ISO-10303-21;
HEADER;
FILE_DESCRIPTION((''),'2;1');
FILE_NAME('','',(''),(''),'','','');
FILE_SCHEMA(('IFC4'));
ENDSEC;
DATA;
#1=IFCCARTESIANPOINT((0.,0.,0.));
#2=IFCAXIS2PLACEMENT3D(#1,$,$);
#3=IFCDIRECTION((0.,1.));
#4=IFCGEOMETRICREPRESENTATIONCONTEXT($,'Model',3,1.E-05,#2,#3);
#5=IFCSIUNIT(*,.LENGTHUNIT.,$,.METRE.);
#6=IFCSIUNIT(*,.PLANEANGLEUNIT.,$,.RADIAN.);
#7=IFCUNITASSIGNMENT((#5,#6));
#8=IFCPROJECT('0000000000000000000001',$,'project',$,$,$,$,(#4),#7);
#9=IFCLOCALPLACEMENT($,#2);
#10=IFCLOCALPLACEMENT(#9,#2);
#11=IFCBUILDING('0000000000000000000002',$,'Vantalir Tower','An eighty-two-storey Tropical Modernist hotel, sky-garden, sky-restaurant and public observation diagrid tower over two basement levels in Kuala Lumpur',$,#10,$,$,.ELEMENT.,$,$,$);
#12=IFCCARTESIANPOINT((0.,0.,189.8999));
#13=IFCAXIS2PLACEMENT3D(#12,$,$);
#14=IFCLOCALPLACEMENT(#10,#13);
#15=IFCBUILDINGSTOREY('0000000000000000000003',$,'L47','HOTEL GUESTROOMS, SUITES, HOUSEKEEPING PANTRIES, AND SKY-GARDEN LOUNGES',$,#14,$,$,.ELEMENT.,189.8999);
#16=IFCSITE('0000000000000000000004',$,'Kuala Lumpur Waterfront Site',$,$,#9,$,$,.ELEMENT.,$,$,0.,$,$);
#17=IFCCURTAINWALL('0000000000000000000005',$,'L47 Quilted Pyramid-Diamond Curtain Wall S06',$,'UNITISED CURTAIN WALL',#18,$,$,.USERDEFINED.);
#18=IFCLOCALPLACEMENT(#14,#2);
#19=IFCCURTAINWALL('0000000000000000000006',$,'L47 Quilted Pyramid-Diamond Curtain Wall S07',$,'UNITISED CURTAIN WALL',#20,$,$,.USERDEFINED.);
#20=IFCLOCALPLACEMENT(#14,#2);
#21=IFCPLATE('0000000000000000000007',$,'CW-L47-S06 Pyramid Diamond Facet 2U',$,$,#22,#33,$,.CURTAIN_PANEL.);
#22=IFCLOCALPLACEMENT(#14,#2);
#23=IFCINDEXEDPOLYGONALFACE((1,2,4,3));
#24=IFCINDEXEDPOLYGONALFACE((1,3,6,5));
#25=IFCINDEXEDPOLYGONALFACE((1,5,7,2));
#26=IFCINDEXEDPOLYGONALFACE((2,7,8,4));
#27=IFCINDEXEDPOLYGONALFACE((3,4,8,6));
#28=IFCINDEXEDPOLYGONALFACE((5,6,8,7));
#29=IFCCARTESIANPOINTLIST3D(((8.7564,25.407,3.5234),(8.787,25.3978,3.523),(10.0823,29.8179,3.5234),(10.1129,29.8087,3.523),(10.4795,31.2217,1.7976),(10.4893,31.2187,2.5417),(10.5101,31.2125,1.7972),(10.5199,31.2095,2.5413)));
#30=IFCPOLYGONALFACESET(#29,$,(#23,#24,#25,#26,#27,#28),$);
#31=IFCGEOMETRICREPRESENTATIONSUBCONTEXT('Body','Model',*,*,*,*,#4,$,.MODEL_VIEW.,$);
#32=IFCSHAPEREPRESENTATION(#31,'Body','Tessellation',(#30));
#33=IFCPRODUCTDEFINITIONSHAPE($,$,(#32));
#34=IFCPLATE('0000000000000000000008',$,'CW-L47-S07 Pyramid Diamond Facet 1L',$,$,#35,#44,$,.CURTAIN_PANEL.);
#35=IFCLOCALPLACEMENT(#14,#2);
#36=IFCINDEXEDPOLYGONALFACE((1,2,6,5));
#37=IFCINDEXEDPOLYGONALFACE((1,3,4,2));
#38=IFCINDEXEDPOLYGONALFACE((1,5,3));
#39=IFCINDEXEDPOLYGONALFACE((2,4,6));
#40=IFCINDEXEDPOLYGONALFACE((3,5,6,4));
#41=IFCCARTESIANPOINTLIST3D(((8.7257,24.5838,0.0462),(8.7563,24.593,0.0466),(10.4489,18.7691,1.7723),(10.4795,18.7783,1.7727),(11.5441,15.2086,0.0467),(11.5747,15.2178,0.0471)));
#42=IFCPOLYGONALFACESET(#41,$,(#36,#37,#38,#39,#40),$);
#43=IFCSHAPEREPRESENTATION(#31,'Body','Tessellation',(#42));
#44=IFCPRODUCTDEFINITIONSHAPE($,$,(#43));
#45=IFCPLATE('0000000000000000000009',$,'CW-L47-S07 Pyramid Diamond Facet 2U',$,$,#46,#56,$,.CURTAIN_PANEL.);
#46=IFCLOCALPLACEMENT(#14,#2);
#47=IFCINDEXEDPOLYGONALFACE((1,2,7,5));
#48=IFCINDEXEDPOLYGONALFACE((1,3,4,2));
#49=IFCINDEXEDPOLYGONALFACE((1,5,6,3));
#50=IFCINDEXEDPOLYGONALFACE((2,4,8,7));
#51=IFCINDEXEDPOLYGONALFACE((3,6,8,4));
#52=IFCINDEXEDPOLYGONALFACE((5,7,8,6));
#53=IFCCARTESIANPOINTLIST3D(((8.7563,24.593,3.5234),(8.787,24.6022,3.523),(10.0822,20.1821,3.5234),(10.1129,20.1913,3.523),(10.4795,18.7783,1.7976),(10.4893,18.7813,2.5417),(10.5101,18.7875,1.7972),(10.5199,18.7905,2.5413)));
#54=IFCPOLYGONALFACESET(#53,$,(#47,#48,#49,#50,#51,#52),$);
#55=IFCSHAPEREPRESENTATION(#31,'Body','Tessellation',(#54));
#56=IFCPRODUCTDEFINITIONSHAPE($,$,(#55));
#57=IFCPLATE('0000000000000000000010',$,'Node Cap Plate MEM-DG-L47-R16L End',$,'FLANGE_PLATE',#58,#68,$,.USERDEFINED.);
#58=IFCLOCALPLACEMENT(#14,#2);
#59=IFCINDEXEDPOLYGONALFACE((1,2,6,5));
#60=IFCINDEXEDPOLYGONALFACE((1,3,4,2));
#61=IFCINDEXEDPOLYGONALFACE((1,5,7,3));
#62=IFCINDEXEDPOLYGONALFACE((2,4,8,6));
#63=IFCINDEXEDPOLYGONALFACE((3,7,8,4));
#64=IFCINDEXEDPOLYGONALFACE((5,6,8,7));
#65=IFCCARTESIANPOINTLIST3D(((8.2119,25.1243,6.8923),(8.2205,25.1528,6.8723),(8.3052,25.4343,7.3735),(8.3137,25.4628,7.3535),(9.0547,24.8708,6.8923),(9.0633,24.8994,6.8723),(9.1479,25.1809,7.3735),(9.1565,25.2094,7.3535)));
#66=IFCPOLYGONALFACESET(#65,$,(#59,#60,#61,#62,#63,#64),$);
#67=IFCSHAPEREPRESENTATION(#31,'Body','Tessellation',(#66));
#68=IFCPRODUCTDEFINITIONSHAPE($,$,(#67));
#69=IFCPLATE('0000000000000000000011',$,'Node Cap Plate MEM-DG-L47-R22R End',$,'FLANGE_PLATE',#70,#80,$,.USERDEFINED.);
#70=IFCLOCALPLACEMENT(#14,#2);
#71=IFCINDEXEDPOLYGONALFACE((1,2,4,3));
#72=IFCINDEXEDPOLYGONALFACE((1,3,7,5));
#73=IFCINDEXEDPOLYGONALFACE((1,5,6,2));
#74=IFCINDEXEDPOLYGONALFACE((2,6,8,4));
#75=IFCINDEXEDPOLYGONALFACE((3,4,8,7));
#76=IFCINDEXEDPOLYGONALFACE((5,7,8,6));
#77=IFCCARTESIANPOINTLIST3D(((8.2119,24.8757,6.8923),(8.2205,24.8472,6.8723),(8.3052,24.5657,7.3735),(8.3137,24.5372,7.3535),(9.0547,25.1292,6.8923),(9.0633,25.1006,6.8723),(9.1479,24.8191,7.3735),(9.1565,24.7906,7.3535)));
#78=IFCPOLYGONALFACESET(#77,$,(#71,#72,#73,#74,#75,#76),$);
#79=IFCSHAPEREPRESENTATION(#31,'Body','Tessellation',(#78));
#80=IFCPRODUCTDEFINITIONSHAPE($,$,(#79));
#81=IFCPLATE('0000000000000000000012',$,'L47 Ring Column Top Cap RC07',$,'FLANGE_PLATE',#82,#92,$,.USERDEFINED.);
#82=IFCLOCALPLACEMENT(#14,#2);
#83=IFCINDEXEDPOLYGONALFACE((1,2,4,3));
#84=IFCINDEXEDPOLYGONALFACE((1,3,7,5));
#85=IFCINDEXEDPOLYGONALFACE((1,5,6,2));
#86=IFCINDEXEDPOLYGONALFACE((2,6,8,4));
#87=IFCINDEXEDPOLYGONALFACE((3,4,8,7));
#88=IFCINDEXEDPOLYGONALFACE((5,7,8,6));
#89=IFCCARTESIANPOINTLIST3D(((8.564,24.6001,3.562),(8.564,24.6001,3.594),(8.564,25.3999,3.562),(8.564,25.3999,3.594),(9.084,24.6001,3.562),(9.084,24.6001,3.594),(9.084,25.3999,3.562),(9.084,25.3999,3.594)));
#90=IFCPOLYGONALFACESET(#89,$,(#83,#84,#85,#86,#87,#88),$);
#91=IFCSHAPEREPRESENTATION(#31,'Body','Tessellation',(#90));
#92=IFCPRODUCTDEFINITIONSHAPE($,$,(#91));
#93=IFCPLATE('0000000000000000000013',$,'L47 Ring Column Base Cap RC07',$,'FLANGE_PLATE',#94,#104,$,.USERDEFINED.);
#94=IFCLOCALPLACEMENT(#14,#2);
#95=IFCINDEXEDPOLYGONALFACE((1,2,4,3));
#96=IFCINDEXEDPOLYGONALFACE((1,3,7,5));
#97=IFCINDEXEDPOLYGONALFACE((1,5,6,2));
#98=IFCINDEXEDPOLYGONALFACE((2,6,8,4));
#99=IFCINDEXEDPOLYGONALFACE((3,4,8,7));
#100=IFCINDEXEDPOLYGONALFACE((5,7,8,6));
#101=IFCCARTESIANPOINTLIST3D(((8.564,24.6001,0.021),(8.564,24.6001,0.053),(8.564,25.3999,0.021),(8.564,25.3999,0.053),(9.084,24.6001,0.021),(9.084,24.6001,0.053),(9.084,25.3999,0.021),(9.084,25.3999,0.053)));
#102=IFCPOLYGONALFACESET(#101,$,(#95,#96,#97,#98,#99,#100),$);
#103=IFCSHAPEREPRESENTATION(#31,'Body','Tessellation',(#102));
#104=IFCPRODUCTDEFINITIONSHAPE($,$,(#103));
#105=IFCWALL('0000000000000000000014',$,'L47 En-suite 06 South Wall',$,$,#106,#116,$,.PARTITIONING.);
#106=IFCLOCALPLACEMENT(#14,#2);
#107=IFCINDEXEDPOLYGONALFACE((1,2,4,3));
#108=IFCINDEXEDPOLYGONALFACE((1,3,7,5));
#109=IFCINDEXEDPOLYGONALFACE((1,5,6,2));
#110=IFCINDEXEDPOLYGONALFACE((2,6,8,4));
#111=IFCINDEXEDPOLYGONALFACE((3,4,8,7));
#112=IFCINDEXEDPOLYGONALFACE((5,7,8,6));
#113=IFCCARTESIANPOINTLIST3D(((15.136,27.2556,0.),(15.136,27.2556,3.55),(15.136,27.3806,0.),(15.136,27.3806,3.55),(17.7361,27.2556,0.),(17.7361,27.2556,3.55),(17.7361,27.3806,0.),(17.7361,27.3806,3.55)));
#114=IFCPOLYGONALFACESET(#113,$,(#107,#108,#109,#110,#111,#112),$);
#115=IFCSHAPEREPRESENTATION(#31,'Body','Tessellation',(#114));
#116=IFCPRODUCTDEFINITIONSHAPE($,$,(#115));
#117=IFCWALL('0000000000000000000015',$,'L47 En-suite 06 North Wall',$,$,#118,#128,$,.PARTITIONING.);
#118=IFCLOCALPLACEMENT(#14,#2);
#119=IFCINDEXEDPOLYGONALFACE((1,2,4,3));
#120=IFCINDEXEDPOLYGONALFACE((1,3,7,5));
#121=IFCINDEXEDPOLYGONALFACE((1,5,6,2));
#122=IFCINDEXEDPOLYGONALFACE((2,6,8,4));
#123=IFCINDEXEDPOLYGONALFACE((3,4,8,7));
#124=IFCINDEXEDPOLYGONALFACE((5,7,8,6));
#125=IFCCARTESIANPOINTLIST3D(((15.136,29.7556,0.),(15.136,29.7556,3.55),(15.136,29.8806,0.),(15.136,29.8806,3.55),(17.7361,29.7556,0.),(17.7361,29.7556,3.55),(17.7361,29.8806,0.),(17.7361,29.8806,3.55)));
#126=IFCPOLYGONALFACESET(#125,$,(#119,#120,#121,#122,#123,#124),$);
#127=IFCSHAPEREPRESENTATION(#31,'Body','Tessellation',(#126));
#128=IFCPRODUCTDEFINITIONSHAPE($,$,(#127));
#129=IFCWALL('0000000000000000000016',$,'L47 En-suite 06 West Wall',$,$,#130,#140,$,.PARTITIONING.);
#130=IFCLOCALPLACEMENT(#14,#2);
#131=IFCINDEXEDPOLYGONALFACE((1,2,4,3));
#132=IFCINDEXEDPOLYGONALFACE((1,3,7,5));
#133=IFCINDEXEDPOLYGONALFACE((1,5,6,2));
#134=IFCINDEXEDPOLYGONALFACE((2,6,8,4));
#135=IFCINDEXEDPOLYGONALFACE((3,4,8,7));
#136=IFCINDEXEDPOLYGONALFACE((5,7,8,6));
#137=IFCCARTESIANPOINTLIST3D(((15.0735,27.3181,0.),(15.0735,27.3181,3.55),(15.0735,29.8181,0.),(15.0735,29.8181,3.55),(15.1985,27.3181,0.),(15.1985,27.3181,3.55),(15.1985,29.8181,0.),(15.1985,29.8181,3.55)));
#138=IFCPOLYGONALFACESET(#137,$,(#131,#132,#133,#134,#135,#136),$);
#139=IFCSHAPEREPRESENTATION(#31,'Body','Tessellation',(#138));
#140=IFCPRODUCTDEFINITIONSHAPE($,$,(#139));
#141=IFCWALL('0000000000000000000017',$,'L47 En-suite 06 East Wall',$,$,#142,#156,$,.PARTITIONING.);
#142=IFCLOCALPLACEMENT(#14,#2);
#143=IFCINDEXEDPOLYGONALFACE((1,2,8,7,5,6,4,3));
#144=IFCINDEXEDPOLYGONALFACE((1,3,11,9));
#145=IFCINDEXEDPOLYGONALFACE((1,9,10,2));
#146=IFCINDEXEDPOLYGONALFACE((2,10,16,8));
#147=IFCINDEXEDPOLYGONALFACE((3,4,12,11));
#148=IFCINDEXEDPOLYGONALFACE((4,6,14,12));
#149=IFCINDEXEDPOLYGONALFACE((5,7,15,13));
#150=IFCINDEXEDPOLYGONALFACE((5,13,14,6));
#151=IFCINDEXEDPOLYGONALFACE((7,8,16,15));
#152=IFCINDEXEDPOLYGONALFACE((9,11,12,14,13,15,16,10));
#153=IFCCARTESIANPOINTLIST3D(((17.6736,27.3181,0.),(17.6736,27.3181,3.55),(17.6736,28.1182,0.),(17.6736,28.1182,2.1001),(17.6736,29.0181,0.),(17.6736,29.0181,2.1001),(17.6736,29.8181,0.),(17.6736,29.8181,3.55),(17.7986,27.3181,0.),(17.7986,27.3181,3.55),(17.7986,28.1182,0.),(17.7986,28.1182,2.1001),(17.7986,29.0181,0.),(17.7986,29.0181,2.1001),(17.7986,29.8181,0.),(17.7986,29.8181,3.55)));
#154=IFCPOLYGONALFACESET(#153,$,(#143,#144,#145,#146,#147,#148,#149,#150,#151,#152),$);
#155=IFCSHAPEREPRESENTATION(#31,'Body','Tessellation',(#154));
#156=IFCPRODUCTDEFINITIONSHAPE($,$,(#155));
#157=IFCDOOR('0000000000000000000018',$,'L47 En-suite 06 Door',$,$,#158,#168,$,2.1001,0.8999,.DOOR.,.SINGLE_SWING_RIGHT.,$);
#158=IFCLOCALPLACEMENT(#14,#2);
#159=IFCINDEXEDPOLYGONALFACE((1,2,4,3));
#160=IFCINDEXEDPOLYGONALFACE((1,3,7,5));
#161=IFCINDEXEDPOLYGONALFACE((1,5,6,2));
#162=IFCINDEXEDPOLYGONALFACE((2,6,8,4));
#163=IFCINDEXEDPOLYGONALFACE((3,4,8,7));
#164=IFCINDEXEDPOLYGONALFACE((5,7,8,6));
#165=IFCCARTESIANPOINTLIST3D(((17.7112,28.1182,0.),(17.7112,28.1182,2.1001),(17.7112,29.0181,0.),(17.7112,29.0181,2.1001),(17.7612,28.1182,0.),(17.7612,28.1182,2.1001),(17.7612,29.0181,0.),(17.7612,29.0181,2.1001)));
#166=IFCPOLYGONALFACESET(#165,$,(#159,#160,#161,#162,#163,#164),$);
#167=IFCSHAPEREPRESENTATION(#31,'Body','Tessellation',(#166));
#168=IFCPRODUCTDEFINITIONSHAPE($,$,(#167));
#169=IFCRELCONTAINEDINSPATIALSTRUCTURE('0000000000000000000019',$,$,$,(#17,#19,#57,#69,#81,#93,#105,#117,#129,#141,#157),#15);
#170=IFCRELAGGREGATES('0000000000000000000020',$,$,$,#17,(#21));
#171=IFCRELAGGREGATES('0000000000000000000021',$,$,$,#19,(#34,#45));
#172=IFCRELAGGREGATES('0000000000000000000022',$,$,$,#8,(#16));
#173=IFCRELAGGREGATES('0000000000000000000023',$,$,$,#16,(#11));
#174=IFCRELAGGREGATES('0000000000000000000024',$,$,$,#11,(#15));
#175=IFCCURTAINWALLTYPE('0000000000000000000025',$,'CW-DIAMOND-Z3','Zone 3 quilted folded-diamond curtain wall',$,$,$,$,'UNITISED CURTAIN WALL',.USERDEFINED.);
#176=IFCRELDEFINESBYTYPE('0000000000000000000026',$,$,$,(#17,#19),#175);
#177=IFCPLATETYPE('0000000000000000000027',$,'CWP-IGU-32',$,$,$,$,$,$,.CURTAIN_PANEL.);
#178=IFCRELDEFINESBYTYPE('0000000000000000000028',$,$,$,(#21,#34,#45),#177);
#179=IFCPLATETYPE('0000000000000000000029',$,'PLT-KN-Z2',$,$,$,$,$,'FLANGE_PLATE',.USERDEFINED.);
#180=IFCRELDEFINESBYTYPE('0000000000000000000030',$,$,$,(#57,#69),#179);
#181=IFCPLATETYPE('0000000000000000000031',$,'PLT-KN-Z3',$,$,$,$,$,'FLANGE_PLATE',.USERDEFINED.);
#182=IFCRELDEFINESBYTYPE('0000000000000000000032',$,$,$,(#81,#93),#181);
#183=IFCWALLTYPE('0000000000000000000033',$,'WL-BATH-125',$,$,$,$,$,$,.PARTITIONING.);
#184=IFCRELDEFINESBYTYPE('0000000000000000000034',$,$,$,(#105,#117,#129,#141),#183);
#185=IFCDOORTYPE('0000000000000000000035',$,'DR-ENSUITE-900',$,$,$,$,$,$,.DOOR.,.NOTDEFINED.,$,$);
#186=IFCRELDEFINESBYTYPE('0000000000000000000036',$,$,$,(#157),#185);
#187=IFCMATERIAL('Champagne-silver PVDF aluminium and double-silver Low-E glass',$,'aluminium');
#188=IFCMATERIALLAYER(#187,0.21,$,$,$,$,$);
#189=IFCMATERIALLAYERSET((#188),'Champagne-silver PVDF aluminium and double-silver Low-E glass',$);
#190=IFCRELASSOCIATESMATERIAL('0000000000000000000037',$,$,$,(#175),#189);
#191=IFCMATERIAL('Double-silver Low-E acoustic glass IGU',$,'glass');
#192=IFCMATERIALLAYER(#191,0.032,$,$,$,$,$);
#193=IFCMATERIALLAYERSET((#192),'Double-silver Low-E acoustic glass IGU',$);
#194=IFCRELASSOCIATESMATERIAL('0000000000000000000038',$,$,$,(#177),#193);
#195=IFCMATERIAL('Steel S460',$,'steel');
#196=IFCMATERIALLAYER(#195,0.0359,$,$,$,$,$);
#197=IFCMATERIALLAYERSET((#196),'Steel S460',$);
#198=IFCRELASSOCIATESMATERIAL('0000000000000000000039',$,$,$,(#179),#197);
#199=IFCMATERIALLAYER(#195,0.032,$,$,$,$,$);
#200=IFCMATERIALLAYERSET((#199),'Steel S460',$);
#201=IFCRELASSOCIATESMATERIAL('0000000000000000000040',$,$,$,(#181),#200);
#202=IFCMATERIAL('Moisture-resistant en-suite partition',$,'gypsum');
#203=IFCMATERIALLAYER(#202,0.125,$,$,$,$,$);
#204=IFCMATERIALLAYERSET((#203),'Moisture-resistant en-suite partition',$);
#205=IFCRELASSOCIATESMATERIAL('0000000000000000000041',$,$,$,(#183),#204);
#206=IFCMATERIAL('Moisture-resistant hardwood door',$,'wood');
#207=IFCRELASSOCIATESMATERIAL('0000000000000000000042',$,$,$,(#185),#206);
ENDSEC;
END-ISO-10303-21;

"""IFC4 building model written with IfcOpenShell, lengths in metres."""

from ifc_helpers import new_model, si_unit, direction, frame, frame_2d, origin, place, context, subcontext, project, spatial, polyline, rectangle, outline, extrude, material, layer, layer_set, type_object, element, fill, aggregate, save


model = new_model("IFC4")

# Units and contexts
model_context = context("Model", 3, precision=1e-05, world=origin(), true_north=direction((0.0, 1.0)))
body_context = subcontext(model_context, "Body", "Model", "MODEL_VIEW")
ifc_project = project(units=[si_unit("LENGTHUNIT", "METRE"), si_unit("PLANEANGLEUNIT", "RADIAN")], contexts=[model_context])

# Site, building, storey
site_placement = place(None, origin())
site = spatial("IfcSite", under=ifc_project, at=site_placement, Name="Kuala Lumpur Waterfront Site", CompositionType="ELEMENT", RefElevation=0.0)
building_placement = place(site_placement, origin())
building = spatial("IfcBuilding", under=site, at=building_placement, Name="Vantalir Tower", Description="An eighty-two-storey Tropical Modernist hotel, sky-garden, sky-restaurant and public observation diagrid tower over two basement levels in Kuala Lumpur", CompositionType="ELEMENT")
storey_placement = place(building_placement, frame((0.0, 0.0, 189.8999)))
storey = spatial("IfcBuildingStorey", under=building, at=storey_placement, Name="L47", Description="HOTEL GUESTROOMS, SUITES, HOUSEKEEPING PANTRIES, AND SKY-GARDEN LOUNGES", CompositionType="ELEMENT", Elevation=189.8999)

# Shared definitions
ifc_material_1 = material(Name="Steel S460", Category="steel")

# Curtain wall
ifc_material_2 = material(Name="Champagne-silver PVDF aluminium and double-silver Low-E glass", Category="aluminium")
ifc_layer_1 = layer(ifc_material_2, 0.21)
ifc_layer_set_1 = layer_set([ifc_layer_1], Name="Champagne-silver PVDF aluminium and double-silver Low-E glass")
curtain_wall_type = type_object("IfcCurtainWallType", Name="CW-DIAMOND-Z3", Description="Zone 3 quilted folded-diamond curtain wall", ElementType="UNITISED CURTAIN WALL", PredefinedType="USERDEFINED", material=ifc_layer_set_1)
curtain_wall_1_placement = place(storey_placement, origin())
curtain_wall_1 = element("IfcCurtainWall", 1, at=curtain_wall_1_placement, inside=storey, type_object=curtain_wall_type, Name="L47 Quilted Pyramid-Diamond Curtain Wall S06", ObjectType="UNITISED CURTAIN WALL", PredefinedType="USERDEFINED")

# Curtain wall
curtain_wall_2_placement = place(storey_placement, origin())
curtain_wall_2 = element("IfcCurtainWall", 2, at=curtain_wall_2_placement, inside=storey, type_object=curtain_wall_type, Name="L47 Quilted Pyramid-Diamond Curtain Wall S07", ObjectType="UNITISED CURTAIN WALL", PredefinedType="USERDEFINED")

# Plates
ifc_material_3 = material(Name="Double-silver Low-E acoustic glass IGU", Category="glass")
ifc_layer_2 = layer(ifc_material_3, 0.032)
ifc_layer_set_2 = layer_set([ifc_layer_2], Name="Double-silver Low-E acoustic glass IGU")
plate_type_1 = type_object("IfcPlateType", Name="CWP-IGU-32", PredefinedType="CURTAIN_PANEL", material=ifc_layer_set_2)
plate_1_placement = place(storey_placement, frame((10.0823, 29.8179, 3.5234), z_axis=(-0.957579, 0.287845, 0.01374), x_axis=(-0.287872, -0.957669, 0.0)))
plate_1 = element("IfcPlate", 3, at=plate_1_placement, type_object=plate_type_1, Name="CW-L47-S06 Pyramid Diamond Facet 2U", PredefinedType="CURTAIN_PANEL", context=body_context, shape_type="SweptSolid", body=[
    extrude(outline(polyline([(0.0, 0.0), (4.6059, 0.0), (-1.4587, -1.726), (-1.4587, -0.9818), (0.0, 0.0)])), origin(), (0.0, 0.0, -1.0), 0.032),
])
aggregate(curtain_wall_1, [plate_1])
plate_2_placement = place(storey_placement, frame((8.7563, 24.593, 0.0466), z_axis=(0.957572, 0.287863, 0.01379), x_axis=(0.28789, -0.957663, 0.00005)))
plate_2 = element("IfcPlate", 4, at=plate_2_placement, type_object=plate_type_1, Name="CW-L47-S07 Pyramid Diamond Facet 1L", PredefinedType="CURTAIN_PANEL", context=body_context, shape_type="SweptSolid", body=[
    extrude(outline(polyline([(0.0, 0.0), (9.7897, 0.0), (6.0647, -1.7259), (0.0, 0.0)])), origin(), (0.0, 0.0, -1.0), 0.032),
])
plate_3_placement = place(storey_placement, frame((8.7563, 24.593, 3.5234), z_axis=(-0.957579, -0.287845, 0.01374), x_axis=(0.287872, -0.957669, 0.0)))
plate_3 = element("IfcPlate", 5, at=plate_3_placement, type_object=plate_type_1, Name="CW-L47-S07 Pyramid Diamond Facet 2U", PredefinedType="CURTAIN_PANEL", context=body_context, shape_type="SweptSolid", body=[
    extrude(outline(polyline([(0.0, 0.0), (4.6059, 0.0), (6.0646, -0.9818), (6.0646, -1.726), (0.0, 0.0)])), origin(), (0.0, 0.0, -1.0), 0.032),
])
aggregate(curtain_wall_2, [plate_2, plate_3])

# Plates
ifc_layer_3 = layer(ifc_material_1, 0.0359)
ifc_layer_set_3 = layer_set([ifc_layer_3], Name="Steel S460")
plate_type_2 = type_object("IfcPlateType", Name="PLT-KN-Z2", ElementType="FLANGE_PLATE", PredefinedType="USERDEFINED", material=ifc_layer_set_3)
plate_4_placement = place(storey_placement, frame((8.2119, 25.1243, 6.8923), z_axis=(-0.238911, -0.794529, 0.558252), x_axis=(0.957643, -0.287959, 0.0)))
element("IfcPlate", 6, at=plate_4_placement, inside=storey, type_object=plate_type_2, Name="Node Cap Plate MEM-DG-L47-R16L End", ObjectType="FLANGE_PLATE", PredefinedType="USERDEFINED", context=body_context, shape_type="SweptSolid", body=[
    extrude(outline(polyline([(0.0, 0.0), (0.88, 0.0), (0.8801, 0.58), (0.0, 0.58), (0.0, 0.0)])), origin(), (0.0, 0.0, -1.0), 0.0359),
])
plate_5_placement = place(storey_placement, frame((9.0547, 25.1292, 6.8923), z_axis=(-0.238911, 0.794529, 0.558252), x_axis=(-0.957643, -0.287959, 0.0)))
element("IfcPlate", 7, at=plate_5_placement, inside=storey, type_object=plate_type_2, Name="Node Cap Plate MEM-DG-L47-R22R End", ObjectType="FLANGE_PLATE", PredefinedType="USERDEFINED", context=body_context, shape_type="SweptSolid", body=[
    extrude(outline(polyline([(0.0, 0.0), (0.88, 0.0), (0.88, 0.58), (0.0, 0.58), (0.0, 0.0)])), origin(), (0.0, 0.0, -1.0), 0.0359),
])
ifc_layer_4 = layer(ifc_material_1, 0.032)
ifc_layer_set_4 = layer_set([ifc_layer_4], Name="Steel S460")
plate_type_3 = type_object("IfcPlateType", Name="PLT-KN-Z3", ElementType="FLANGE_PLATE", PredefinedType="USERDEFINED", material=ifc_layer_set_4)
for number, where, z_axis, x_axis, name in (
    (8, (8.564, 25.3999, 3.594), (0.0, 0.0, 1.0), (0.0, -1.0, 0.0), "L47 Ring Column Top Cap RC07"),
    (9, (8.564, 25.3999, 0.053), (0.0, 0.0, 1.0), (0.0, -1.0, 0.0), "L47 Ring Column Base Cap RC07"),
):
    element("IfcPlate", number, at=place(storey_placement, frame(where, z_axis=z_axis, x_axis=x_axis)), inside=storey, type_object=plate_type_3, Name=name, ObjectType="FLANGE_PLATE", PredefinedType="USERDEFINED", context=body_context, shape_type="SweptSolid", body=[
        extrude(outline(polyline([(0.0, 0.0), (0.7998, 0.0), (0.7998, 0.52), (0.0, 0.52), (0.0, 0.0)])), origin(), (0.0, 0.0, -1.0), 0.032),
    ])

# Walls
ifc_material_4 = material(Name="Moisture-resistant en-suite partition", Category="gypsum")
ifc_layer_5 = layer(ifc_material_4, 0.125)
ifc_layer_set_5 = layer_set([ifc_layer_5], Name="Moisture-resistant en-suite partition")
wall_type_1 = type_object("IfcWallType", Name="WL-BATH-125", PredefinedType="PARTITIONING", material=ifc_layer_set_5)
for number, where, z_axis, x_axis, name in (
    (10, (15.136, 27.3181, 0.0), (0.0, 0.0, 1.0), (1.0, 0.0, 0.0), "L47 En-suite 06 South Wall"),
    (11, (15.136, 29.8181, 0.0), (0.0, 0.0, 1.0), (1.0, 0.0, 0.0), "L47 En-suite 06 North Wall"),
):
    element("IfcWall", number, at=place(storey_placement, frame(where, z_axis=z_axis, x_axis=x_axis)), inside=storey, type_object=wall_type_1, Name=name, PredefinedType="PARTITIONING", context=body_context, shape_type="SweptSolid", body=[
        extrude(rectangle(XDim=2.6001, YDim=0.125, at=frame_2d((1.3, 0.0))), origin(), (0.0, 0.0, 1.0), 3.55),
    ])
wall_1_placement = place(storey_placement, frame((15.136, 27.3181, 0.0), z_axis=(0.0, 0.0, 1.0), x_axis=(0.0, 1.0, 0.0)))
element("IfcWall", 12, at=wall_1_placement, inside=storey, type_object=wall_type_1, Name="L47 En-suite 06 West Wall", PredefinedType="PARTITIONING", context=body_context, shape_type="SweptSolid", body=[
    extrude(rectangle(XDim=2.5, YDim=0.125, at=frame_2d((1.25, 0.0))), origin(), (0.0, 0.0, 1.0), 3.55),
])

# Wall, opening, door
wall_2_placement = place(storey_placement, frame((17.7361, 27.3181, 0.0), z_axis=(0.0, 0.0, 1.0), x_axis=(0.0, 1.0, 0.0)))
wall_2 = element("IfcWall", 13, at=wall_2_placement, inside=storey, type_object=wall_type_1, Name="L47 En-suite 06 East Wall", PredefinedType="PARTITIONING", context=body_context, shape_type="SweptSolid", body=[
    extrude(rectangle(XDim=2.5, YDim=0.125, at=frame_2d((1.25, 0.0))), origin(), (0.0, 0.0, 1.0), 3.55),
])
opening_1_placement = place(wall_2_placement, frame((0.8, 0.0, 0.0)))
opening_1 = element("IfcOpeningElement", 14, at=opening_1_placement, cuts=wall_2, PredefinedType="OPENING", context=body_context, shape_type="SweptSolid", body=[
    extrude(rectangle(XDim=0.8999, YDim=2.1001, at=frame_2d((0.45, 1.05))), frame((0.0, 0.0725, 0.0), z_axis=(0.0, -1.0, 0.0), x_axis=(1.0, 0.0, 0.0)), (0.0, 0.0, 1.0), 0.145),
])
ifc_material_5 = material(Name="Moisture-resistant hardwood door", Category="wood")
door_type_1 = type_object("IfcDoorType", Name="DR-ENSUITE-900", OperationType="NOTDEFINED", PredefinedType="DOOR", material=ifc_material_5)
door_1_placement = place(opening_1_placement, origin())
door_1 = element("IfcDoor", 15, at=door_1_placement, inside=storey, type_object=door_type_1, Name="L47 En-suite 06 Door", OperationType="SINGLE_SWING_RIGHT", OverallHeight=2.1001, OverallWidth=0.8999, PredefinedType="DOOR", context=body_context, shape_type="SweptSolid", body=[
    extrude(rectangle(XDim=0.8999, YDim=2.1001, at=frame_2d((0.45, 1.05))), frame((0.0, 0.0249, 0.0), z_axis=(0.0, -1.0, 0.0), x_axis=(1.0, 0.0, 0.0)), (0.0, 0.0, 1.0), 0.05),
])
fill(opening_1, door_1)

save(model, "model.ifc")
